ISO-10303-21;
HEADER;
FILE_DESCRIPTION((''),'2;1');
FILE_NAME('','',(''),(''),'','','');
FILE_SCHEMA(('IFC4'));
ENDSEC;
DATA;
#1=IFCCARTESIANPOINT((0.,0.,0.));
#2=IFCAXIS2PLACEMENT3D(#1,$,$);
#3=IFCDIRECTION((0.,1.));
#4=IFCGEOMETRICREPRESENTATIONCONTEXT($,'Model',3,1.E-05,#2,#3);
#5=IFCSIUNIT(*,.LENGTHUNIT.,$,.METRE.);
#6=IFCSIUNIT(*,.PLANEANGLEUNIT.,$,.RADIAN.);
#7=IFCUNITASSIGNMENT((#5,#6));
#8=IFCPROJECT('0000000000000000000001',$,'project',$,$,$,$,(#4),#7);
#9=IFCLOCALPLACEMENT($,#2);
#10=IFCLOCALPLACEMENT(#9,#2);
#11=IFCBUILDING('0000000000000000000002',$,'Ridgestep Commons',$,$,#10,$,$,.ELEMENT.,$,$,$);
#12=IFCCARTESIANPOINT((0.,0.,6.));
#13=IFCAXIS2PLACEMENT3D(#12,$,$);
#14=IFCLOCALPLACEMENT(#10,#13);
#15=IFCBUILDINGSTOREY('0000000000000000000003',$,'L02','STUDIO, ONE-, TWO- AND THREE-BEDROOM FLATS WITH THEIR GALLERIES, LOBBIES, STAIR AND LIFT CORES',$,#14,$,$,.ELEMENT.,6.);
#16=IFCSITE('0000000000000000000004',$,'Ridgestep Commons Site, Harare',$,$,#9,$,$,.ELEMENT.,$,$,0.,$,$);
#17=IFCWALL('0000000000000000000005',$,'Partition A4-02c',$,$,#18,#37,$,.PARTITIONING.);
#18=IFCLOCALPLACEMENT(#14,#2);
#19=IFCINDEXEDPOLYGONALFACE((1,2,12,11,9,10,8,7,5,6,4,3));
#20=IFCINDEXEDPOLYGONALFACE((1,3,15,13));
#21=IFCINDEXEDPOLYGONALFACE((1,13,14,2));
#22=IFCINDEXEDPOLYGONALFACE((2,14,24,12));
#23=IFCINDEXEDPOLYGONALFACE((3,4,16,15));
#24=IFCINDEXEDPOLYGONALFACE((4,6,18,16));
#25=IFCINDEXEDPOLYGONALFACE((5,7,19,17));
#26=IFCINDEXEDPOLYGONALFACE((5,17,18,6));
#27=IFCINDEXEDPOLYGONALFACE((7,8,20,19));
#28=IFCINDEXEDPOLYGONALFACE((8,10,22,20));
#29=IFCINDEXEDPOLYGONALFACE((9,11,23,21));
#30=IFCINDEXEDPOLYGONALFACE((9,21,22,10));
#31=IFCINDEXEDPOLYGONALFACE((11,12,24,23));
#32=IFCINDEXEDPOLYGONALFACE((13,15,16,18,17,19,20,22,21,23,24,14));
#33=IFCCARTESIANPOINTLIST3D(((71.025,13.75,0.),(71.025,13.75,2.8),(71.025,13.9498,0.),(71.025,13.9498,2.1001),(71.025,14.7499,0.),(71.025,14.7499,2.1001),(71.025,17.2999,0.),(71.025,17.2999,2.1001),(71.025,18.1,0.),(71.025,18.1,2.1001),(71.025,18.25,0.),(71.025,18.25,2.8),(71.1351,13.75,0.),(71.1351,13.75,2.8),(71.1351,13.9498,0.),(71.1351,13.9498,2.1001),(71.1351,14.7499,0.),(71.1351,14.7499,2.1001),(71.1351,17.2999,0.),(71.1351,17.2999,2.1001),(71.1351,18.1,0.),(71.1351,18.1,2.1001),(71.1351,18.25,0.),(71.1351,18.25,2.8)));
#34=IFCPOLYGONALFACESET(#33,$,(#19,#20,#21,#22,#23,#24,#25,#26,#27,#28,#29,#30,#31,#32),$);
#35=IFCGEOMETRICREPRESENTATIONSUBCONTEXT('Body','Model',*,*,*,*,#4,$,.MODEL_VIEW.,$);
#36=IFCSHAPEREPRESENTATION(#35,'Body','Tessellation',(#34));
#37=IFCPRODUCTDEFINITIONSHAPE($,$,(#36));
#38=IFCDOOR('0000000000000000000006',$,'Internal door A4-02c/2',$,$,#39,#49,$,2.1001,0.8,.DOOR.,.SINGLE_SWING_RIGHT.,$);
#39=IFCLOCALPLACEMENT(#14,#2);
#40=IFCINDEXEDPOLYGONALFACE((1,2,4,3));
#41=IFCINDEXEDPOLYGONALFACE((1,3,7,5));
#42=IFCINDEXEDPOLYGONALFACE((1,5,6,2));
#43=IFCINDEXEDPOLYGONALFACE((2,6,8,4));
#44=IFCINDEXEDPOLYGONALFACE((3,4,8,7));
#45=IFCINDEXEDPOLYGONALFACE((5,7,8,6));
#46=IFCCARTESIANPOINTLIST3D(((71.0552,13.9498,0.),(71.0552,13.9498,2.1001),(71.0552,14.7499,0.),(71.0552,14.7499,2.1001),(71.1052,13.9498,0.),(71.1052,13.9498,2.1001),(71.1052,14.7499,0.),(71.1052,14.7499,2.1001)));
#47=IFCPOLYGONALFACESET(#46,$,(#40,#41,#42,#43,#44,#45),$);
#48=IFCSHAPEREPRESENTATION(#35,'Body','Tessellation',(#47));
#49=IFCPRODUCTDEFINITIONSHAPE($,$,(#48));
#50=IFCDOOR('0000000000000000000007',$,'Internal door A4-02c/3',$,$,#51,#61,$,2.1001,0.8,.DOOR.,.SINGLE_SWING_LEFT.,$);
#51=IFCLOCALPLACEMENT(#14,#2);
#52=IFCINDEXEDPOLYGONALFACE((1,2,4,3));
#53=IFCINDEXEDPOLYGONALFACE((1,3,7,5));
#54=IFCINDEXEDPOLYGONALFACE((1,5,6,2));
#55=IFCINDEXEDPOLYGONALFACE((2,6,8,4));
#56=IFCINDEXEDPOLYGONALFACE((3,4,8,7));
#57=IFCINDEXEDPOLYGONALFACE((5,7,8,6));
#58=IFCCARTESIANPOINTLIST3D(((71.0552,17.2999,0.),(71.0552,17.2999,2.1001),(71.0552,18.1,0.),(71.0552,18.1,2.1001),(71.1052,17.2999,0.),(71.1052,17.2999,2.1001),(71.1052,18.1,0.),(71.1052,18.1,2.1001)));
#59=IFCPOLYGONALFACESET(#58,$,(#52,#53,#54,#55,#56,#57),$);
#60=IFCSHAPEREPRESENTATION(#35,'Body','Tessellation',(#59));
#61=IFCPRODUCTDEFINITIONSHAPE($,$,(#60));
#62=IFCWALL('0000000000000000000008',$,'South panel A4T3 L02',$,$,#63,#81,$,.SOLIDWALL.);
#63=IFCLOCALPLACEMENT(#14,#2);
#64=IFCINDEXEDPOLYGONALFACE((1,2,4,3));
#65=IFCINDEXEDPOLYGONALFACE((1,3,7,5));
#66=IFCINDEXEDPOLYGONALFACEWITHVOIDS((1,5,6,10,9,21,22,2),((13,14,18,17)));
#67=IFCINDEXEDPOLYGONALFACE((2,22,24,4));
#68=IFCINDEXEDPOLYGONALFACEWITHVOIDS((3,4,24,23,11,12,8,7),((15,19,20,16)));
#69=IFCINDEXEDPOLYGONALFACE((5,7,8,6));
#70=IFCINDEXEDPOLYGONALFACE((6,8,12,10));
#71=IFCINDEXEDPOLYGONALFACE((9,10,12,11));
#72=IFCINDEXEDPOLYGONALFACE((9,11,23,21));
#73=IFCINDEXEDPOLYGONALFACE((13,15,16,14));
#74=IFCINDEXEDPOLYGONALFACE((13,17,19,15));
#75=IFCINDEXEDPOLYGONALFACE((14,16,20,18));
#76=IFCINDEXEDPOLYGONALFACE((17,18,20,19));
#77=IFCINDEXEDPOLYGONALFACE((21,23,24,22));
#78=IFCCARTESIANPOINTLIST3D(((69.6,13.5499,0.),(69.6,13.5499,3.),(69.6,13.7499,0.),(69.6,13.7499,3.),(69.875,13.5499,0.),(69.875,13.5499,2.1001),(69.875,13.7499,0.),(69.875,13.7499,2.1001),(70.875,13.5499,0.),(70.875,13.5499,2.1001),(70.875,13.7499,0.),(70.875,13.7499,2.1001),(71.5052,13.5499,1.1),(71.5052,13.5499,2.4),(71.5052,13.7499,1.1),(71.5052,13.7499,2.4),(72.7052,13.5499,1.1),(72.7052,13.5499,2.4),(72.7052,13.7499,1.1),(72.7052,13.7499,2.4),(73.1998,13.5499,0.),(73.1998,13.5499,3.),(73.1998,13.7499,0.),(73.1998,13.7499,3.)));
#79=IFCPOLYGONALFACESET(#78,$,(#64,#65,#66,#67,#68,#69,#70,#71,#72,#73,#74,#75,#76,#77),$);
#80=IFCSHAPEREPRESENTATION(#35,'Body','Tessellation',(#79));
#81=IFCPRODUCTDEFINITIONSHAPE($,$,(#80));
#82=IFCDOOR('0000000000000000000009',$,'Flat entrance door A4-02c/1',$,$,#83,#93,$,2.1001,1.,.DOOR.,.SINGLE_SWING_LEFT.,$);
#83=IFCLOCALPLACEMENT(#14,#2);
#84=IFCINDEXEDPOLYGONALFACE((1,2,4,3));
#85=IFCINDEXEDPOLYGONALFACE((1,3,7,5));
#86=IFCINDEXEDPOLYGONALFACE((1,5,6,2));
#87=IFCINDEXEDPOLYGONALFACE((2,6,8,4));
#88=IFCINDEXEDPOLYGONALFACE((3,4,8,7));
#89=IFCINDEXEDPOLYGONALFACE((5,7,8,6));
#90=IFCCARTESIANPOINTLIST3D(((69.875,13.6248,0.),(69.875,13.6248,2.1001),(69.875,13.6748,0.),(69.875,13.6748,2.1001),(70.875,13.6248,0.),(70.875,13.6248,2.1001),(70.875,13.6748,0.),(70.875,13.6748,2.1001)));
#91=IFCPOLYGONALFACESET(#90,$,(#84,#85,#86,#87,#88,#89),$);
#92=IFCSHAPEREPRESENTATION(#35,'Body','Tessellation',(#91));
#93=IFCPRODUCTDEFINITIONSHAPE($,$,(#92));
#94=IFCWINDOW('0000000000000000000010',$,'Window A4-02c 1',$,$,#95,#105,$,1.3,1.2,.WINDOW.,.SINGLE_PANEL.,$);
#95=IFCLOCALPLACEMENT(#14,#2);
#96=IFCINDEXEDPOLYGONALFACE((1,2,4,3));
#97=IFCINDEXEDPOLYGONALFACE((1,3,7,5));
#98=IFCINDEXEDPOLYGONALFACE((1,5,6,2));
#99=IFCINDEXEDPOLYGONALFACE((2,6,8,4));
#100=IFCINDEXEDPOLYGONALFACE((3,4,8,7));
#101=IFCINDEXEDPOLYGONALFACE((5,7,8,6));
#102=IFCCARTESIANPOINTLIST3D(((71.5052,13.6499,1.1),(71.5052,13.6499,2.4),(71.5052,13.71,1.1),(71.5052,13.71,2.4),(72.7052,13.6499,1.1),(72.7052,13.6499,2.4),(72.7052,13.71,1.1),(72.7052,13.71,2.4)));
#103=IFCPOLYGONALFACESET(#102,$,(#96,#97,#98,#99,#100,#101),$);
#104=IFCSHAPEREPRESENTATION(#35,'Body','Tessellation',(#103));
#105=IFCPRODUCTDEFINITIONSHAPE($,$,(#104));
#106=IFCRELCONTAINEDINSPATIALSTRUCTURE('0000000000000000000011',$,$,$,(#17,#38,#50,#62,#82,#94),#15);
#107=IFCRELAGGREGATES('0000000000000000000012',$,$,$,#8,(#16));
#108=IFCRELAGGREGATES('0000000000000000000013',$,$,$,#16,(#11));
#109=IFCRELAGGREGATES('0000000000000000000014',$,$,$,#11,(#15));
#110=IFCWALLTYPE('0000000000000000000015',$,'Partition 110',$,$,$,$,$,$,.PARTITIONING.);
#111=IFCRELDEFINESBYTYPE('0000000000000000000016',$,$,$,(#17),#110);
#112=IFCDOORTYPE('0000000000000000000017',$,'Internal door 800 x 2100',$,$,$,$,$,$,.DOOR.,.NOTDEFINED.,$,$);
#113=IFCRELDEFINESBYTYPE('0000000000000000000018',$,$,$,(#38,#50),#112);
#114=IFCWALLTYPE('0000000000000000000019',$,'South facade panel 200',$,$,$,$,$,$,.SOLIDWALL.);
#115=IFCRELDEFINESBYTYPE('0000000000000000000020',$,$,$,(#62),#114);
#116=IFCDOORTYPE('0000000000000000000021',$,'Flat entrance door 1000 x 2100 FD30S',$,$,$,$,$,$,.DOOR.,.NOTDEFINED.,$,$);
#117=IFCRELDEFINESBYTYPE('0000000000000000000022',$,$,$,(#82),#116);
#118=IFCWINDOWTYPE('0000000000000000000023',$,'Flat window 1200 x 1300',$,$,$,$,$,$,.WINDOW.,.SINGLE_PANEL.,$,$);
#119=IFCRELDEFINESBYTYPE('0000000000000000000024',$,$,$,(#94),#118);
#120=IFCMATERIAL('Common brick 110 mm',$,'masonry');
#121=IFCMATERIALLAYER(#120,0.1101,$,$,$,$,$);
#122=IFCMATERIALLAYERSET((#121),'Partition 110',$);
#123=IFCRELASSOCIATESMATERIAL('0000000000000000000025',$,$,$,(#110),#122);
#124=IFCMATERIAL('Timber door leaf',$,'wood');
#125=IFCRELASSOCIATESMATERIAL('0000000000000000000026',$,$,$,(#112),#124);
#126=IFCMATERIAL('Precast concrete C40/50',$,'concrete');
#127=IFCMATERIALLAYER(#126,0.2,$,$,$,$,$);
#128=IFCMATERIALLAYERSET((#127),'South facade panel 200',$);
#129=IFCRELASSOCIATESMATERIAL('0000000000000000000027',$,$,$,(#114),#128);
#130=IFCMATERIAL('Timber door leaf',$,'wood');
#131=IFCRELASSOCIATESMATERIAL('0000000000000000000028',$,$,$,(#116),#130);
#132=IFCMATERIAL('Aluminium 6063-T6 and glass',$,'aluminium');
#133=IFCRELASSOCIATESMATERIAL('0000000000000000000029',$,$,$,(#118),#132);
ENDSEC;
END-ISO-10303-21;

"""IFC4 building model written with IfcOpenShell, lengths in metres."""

from ifc_helpers import new_model, si_unit, direction, frame, frame_2d, origin, place, context, subcontext, project, spatial, rectangle, extrude, material, layer, layer_set, type_object, element, fill, save


model = new_model("IFC4")

# Units and contexts
model_context = context("Model", 3, precision=1e-05, world=origin(), true_north=direction((0.0, 1.0)))
body_context = subcontext(model_context, "Body", "Model", "MODEL_VIEW")
ifc_project = project(units=[si_unit("LENGTHUNIT", "METRE"), si_unit("PLANEANGLEUNIT", "RADIAN")], contexts=[model_context])

# Site, building, storey
site_placement = place(None, origin())
site = spatial("IfcSite", under=ifc_project, at=site_placement, Name="Ridgestep Commons Site, Harare", CompositionType="ELEMENT", RefElevation=0.0)
building_placement = place(site_placement, origin())
building = spatial("IfcBuilding", under=site, at=building_placement, Name="Ridgestep Commons", CompositionType="ELEMENT")
storey_placement = place(building_placement, frame((0.0, 0.0, 6.0)))
storey = spatial("IfcBuildingStorey", under=building, at=storey_placement, Name="L02", Description="STUDIO, ONE-, TWO- AND THREE-BEDROOM FLATS WITH THEIR GALLERIES, LOBBIES, STAIR AND LIFT CORES", CompositionType="ELEMENT", Elevation=6.0)

# Wall, openings, doors
ifc_material_1 = material(Name="Common brick 110 mm", Category="masonry")
ifc_layer_1 = layer(ifc_material_1, 0.1101)
ifc_layer_set_1 = layer_set([ifc_layer_1], Name="Partition 110")
wall_type_1 = type_object("IfcWallType", Name="Partition 110", PredefinedType="PARTITIONING", material=ifc_layer_set_1)
ifc_material_2 = material(Name="Timber door leaf", Category="wood")
door_type_1 = type_object("IfcDoorType", Name="Internal door 800 x 2100", OperationType="NOTDEFINED", PredefinedType="DOOR", material=ifc_material_2)
wall_1_placement = place(storey_placement, frame((71.0801, 13.75, 0.0), z_axis=(0.0, 0.0, 1.0), x_axis=(0.0, 1.0, 0.0)))
wall_1 = element("IfcWall", 1, at=wall_1_placement, inside=storey, type_object=wall_type_1, Name="Partition A4-02c", PredefinedType="PARTITIONING", context=body_context, shape_type="SweptSolid", body=[
    extrude(rectangle(XDim=4.5, YDim=0.1101, at=frame_2d((2.25, 0.0))), origin(), (0.0, 0.0, 1.0), 2.8),
])
opening_1_placement = place(wall_1_placement, frame((0.2, 0.0, 0.0)))
opening_1 = element("IfcOpeningElement", 2, at=opening_1_placement, cuts=wall_1, PredefinedType="OPENING", context=body_context, shape_type="SweptSolid", body=[
    extrude(rectangle(XDim=0.8, YDim=2.1001, at=frame_2d((0.3999, 1.05))), frame((0.0, 0.0649, 0.0), z_axis=(0.0, -1.0, 0.0), x_axis=(1.0, 0.0, 0.0)), (0.0, 0.0, 1.0), 0.1301),
])
opening_2_placement = place(wall_1_placement, frame((3.55, 0.0, 0.0)))
opening_2 = element("IfcOpeningElement", 3, at=opening_2_placement, cuts=wall_1, PredefinedType="OPENING", context=body_context, shape_type="SweptSolid", body=[
    extrude(rectangle(XDim=0.8, YDim=2.1001, at=frame_2d((0.3999, 1.05))), frame((0.0, 0.0649, 0.0), z_axis=(0.0, -1.0, 0.0), x_axis=(1.0, 0.0, 0.0)), (0.0, 0.0, 1.0), 0.1301),
])
door_1_placement = place(opening_1_placement, origin())
door_1 = element("IfcDoor", 4, at=door_1_placement, inside=storey, type_object=door_type_1, Name="Internal door A4-02c/2", OperationType="SINGLE_SWING_RIGHT", OverallHeight=2.1001, OverallWidth=0.8, PredefinedType="DOOR", context=body_context, shape_type="SweptSolid", body=[
    extrude(rectangle(XDim=0.8, YDim=2.1001, at=frame_2d((0.3999, 1.05))), frame((0.0, 0.0249, 0.0), z_axis=(0.0, -1.0, 0.0), x_axis=(1.0, 0.0, 0.0)), (0.0, 0.0, 1.0), 0.05),
])
fill(opening_1, door_1)
door_2_placement = place(opening_2_placement, origin())
door_2 = element("IfcDoor", 5, at=door_2_placement, inside=storey, type_object=door_type_1, Name="Internal door A4-02c/3", OperationType="SINGLE_SWING_LEFT", OverallHeight=2.1001, OverallWidth=0.8, PredefinedType="DOOR", context=body_context, shape_type="SweptSolid", body=[
    extrude(rectangle(XDim=0.8, YDim=2.1001, at=frame_2d((0.3999, 1.05))), frame((0.0, 0.0249, 0.0), z_axis=(0.0, -1.0, 0.0), x_axis=(1.0, 0.0, 0.0)), (0.0, 0.0, 1.0), 0.05),
])
fill(opening_2, door_2)

# Wall, openings, door, window
ifc_material_3 = material(Name="Precast concrete C40/50", Category="concrete")
ifc_layer_2 = layer(ifc_material_3, 0.2)
ifc_layer_set_2 = layer_set([ifc_layer_2], Name="South facade panel 200")
wall_type_2 = type_object("IfcWallType", Name="South facade panel 200", PredefinedType="SOLIDWALL", material=ifc_layer_set_2)
wall_2_placement = place(storey_placement, frame((69.6001, 13.6499, 0.0), z_axis=(0.0, 0.0, 1.0), x_axis=(1.0, 0.0, 0.0)))
wall_2 = element("IfcWall", 6, at=wall_2_placement, inside=storey, type_object=wall_type_2, Name="South panel A4T3 L02", PredefinedType="SOLIDWALL", context=body_context, shape_type="SweptSolid", body=[
    extrude(rectangle(XDim=3.5999, YDim=0.2, at=frame_2d((1.7998, 0.0))), origin(), (0.0, 0.0, 1.0), 3.0),
])
opening_3_placement = place(wall_2_placement, frame((1.905, 0.0, 1.1001)))
opening_3 = element("IfcOpeningElement", 7, at=opening_3_placement, cuts=wall_2, PredefinedType="OPENING", context=body_context, shape_type="SweptSolid", body=[
    extrude(rectangle(XDim=1.2, YDim=1.3, at=frame_2d((0.6001, 0.6499))), frame((0.0, 0.1099, 0.0), z_axis=(0.0, -1.0, 0.0), x_axis=(1.0, 0.0, 0.0)), (0.0, 0.0, 1.0), 0.22),
])
opening_4_placement = place(wall_2_placement, frame((0.2749, 0.0, 0.0)))
opening_4 = element("IfcOpeningElement", 8, at=opening_4_placement, cuts=wall_2, PredefinedType="OPENING", context=body_context, shape_type="SweptSolid", body=[
    extrude(rectangle(XDim=1.0, YDim=2.1001, at=frame_2d((0.5, 1.05))), frame((0.0, 0.1099, 0.0), z_axis=(0.0, -1.0, 0.0), x_axis=(1.0, 0.0, 0.0)), (0.0, 0.0, 1.0), 0.22),
])
ifc_material_4 = material(Name="Timber door leaf", Category="wood")
door_type_2 = type_object("IfcDoorType", Name="Flat entrance door 1000 x 2100 FD30S", OperationType="NOTDEFINED", PredefinedType="DOOR", material=ifc_material_4)
door_3_placement = place(opening_4_placement, origin())
door_3 = element("IfcDoor", 9, at=door_3_placement, inside=storey, type_object=door_type_2, Name="Flat entrance door A4-02c/1", OperationType="SINGLE_SWING_LEFT", OverallHeight=2.1001, OverallWidth=1.0, PredefinedType="DOOR", context=body_context, shape_type="SweptSolid", body=[
    extrude(rectangle(XDim=1.0, YDim=2.1001, at=frame_2d((0.5, 1.05))), frame((0.0, 0.0249, 0.0), z_axis=(0.0, -1.0, 0.0), x_axis=(1.0, 0.0, 0.0)), (0.0, 0.0, 1.0), 0.05),
])
fill(opening_4, door_3)
ifc_material_5 = material(Name="Aluminium 6063-T6 and glass", Category="aluminium")
window_type = type_object("IfcWindowType", Name="Flat window 1200 x 1300", PartitioningType="SINGLE_PANEL", PredefinedType="WINDOW", material=ifc_material_5)
window_placement = place(opening_3_placement, origin())
window = element("IfcWindow", 10, at=window_placement, inside=storey, type_object=window_type, Name="Window A4-02c 1", OverallHeight=1.3, OverallWidth=1.2, PartitioningType="SINGLE_PANEL", PredefinedType="WINDOW", context=body_context, shape_type="SweptSolid", body=[
    extrude(rectangle(XDim=1.2, YDim=1.3, at=frame_2d((0.6001, 0.6499))), frame((0.0, 0.0601, 0.0), z_axis=(0.0, -1.0, 0.0), x_axis=(1.0, 0.0, 0.0)), (0.0, 0.0, 1.0), 0.0601),
])
fill(opening_3, window)

save(model, "model.ifc")
